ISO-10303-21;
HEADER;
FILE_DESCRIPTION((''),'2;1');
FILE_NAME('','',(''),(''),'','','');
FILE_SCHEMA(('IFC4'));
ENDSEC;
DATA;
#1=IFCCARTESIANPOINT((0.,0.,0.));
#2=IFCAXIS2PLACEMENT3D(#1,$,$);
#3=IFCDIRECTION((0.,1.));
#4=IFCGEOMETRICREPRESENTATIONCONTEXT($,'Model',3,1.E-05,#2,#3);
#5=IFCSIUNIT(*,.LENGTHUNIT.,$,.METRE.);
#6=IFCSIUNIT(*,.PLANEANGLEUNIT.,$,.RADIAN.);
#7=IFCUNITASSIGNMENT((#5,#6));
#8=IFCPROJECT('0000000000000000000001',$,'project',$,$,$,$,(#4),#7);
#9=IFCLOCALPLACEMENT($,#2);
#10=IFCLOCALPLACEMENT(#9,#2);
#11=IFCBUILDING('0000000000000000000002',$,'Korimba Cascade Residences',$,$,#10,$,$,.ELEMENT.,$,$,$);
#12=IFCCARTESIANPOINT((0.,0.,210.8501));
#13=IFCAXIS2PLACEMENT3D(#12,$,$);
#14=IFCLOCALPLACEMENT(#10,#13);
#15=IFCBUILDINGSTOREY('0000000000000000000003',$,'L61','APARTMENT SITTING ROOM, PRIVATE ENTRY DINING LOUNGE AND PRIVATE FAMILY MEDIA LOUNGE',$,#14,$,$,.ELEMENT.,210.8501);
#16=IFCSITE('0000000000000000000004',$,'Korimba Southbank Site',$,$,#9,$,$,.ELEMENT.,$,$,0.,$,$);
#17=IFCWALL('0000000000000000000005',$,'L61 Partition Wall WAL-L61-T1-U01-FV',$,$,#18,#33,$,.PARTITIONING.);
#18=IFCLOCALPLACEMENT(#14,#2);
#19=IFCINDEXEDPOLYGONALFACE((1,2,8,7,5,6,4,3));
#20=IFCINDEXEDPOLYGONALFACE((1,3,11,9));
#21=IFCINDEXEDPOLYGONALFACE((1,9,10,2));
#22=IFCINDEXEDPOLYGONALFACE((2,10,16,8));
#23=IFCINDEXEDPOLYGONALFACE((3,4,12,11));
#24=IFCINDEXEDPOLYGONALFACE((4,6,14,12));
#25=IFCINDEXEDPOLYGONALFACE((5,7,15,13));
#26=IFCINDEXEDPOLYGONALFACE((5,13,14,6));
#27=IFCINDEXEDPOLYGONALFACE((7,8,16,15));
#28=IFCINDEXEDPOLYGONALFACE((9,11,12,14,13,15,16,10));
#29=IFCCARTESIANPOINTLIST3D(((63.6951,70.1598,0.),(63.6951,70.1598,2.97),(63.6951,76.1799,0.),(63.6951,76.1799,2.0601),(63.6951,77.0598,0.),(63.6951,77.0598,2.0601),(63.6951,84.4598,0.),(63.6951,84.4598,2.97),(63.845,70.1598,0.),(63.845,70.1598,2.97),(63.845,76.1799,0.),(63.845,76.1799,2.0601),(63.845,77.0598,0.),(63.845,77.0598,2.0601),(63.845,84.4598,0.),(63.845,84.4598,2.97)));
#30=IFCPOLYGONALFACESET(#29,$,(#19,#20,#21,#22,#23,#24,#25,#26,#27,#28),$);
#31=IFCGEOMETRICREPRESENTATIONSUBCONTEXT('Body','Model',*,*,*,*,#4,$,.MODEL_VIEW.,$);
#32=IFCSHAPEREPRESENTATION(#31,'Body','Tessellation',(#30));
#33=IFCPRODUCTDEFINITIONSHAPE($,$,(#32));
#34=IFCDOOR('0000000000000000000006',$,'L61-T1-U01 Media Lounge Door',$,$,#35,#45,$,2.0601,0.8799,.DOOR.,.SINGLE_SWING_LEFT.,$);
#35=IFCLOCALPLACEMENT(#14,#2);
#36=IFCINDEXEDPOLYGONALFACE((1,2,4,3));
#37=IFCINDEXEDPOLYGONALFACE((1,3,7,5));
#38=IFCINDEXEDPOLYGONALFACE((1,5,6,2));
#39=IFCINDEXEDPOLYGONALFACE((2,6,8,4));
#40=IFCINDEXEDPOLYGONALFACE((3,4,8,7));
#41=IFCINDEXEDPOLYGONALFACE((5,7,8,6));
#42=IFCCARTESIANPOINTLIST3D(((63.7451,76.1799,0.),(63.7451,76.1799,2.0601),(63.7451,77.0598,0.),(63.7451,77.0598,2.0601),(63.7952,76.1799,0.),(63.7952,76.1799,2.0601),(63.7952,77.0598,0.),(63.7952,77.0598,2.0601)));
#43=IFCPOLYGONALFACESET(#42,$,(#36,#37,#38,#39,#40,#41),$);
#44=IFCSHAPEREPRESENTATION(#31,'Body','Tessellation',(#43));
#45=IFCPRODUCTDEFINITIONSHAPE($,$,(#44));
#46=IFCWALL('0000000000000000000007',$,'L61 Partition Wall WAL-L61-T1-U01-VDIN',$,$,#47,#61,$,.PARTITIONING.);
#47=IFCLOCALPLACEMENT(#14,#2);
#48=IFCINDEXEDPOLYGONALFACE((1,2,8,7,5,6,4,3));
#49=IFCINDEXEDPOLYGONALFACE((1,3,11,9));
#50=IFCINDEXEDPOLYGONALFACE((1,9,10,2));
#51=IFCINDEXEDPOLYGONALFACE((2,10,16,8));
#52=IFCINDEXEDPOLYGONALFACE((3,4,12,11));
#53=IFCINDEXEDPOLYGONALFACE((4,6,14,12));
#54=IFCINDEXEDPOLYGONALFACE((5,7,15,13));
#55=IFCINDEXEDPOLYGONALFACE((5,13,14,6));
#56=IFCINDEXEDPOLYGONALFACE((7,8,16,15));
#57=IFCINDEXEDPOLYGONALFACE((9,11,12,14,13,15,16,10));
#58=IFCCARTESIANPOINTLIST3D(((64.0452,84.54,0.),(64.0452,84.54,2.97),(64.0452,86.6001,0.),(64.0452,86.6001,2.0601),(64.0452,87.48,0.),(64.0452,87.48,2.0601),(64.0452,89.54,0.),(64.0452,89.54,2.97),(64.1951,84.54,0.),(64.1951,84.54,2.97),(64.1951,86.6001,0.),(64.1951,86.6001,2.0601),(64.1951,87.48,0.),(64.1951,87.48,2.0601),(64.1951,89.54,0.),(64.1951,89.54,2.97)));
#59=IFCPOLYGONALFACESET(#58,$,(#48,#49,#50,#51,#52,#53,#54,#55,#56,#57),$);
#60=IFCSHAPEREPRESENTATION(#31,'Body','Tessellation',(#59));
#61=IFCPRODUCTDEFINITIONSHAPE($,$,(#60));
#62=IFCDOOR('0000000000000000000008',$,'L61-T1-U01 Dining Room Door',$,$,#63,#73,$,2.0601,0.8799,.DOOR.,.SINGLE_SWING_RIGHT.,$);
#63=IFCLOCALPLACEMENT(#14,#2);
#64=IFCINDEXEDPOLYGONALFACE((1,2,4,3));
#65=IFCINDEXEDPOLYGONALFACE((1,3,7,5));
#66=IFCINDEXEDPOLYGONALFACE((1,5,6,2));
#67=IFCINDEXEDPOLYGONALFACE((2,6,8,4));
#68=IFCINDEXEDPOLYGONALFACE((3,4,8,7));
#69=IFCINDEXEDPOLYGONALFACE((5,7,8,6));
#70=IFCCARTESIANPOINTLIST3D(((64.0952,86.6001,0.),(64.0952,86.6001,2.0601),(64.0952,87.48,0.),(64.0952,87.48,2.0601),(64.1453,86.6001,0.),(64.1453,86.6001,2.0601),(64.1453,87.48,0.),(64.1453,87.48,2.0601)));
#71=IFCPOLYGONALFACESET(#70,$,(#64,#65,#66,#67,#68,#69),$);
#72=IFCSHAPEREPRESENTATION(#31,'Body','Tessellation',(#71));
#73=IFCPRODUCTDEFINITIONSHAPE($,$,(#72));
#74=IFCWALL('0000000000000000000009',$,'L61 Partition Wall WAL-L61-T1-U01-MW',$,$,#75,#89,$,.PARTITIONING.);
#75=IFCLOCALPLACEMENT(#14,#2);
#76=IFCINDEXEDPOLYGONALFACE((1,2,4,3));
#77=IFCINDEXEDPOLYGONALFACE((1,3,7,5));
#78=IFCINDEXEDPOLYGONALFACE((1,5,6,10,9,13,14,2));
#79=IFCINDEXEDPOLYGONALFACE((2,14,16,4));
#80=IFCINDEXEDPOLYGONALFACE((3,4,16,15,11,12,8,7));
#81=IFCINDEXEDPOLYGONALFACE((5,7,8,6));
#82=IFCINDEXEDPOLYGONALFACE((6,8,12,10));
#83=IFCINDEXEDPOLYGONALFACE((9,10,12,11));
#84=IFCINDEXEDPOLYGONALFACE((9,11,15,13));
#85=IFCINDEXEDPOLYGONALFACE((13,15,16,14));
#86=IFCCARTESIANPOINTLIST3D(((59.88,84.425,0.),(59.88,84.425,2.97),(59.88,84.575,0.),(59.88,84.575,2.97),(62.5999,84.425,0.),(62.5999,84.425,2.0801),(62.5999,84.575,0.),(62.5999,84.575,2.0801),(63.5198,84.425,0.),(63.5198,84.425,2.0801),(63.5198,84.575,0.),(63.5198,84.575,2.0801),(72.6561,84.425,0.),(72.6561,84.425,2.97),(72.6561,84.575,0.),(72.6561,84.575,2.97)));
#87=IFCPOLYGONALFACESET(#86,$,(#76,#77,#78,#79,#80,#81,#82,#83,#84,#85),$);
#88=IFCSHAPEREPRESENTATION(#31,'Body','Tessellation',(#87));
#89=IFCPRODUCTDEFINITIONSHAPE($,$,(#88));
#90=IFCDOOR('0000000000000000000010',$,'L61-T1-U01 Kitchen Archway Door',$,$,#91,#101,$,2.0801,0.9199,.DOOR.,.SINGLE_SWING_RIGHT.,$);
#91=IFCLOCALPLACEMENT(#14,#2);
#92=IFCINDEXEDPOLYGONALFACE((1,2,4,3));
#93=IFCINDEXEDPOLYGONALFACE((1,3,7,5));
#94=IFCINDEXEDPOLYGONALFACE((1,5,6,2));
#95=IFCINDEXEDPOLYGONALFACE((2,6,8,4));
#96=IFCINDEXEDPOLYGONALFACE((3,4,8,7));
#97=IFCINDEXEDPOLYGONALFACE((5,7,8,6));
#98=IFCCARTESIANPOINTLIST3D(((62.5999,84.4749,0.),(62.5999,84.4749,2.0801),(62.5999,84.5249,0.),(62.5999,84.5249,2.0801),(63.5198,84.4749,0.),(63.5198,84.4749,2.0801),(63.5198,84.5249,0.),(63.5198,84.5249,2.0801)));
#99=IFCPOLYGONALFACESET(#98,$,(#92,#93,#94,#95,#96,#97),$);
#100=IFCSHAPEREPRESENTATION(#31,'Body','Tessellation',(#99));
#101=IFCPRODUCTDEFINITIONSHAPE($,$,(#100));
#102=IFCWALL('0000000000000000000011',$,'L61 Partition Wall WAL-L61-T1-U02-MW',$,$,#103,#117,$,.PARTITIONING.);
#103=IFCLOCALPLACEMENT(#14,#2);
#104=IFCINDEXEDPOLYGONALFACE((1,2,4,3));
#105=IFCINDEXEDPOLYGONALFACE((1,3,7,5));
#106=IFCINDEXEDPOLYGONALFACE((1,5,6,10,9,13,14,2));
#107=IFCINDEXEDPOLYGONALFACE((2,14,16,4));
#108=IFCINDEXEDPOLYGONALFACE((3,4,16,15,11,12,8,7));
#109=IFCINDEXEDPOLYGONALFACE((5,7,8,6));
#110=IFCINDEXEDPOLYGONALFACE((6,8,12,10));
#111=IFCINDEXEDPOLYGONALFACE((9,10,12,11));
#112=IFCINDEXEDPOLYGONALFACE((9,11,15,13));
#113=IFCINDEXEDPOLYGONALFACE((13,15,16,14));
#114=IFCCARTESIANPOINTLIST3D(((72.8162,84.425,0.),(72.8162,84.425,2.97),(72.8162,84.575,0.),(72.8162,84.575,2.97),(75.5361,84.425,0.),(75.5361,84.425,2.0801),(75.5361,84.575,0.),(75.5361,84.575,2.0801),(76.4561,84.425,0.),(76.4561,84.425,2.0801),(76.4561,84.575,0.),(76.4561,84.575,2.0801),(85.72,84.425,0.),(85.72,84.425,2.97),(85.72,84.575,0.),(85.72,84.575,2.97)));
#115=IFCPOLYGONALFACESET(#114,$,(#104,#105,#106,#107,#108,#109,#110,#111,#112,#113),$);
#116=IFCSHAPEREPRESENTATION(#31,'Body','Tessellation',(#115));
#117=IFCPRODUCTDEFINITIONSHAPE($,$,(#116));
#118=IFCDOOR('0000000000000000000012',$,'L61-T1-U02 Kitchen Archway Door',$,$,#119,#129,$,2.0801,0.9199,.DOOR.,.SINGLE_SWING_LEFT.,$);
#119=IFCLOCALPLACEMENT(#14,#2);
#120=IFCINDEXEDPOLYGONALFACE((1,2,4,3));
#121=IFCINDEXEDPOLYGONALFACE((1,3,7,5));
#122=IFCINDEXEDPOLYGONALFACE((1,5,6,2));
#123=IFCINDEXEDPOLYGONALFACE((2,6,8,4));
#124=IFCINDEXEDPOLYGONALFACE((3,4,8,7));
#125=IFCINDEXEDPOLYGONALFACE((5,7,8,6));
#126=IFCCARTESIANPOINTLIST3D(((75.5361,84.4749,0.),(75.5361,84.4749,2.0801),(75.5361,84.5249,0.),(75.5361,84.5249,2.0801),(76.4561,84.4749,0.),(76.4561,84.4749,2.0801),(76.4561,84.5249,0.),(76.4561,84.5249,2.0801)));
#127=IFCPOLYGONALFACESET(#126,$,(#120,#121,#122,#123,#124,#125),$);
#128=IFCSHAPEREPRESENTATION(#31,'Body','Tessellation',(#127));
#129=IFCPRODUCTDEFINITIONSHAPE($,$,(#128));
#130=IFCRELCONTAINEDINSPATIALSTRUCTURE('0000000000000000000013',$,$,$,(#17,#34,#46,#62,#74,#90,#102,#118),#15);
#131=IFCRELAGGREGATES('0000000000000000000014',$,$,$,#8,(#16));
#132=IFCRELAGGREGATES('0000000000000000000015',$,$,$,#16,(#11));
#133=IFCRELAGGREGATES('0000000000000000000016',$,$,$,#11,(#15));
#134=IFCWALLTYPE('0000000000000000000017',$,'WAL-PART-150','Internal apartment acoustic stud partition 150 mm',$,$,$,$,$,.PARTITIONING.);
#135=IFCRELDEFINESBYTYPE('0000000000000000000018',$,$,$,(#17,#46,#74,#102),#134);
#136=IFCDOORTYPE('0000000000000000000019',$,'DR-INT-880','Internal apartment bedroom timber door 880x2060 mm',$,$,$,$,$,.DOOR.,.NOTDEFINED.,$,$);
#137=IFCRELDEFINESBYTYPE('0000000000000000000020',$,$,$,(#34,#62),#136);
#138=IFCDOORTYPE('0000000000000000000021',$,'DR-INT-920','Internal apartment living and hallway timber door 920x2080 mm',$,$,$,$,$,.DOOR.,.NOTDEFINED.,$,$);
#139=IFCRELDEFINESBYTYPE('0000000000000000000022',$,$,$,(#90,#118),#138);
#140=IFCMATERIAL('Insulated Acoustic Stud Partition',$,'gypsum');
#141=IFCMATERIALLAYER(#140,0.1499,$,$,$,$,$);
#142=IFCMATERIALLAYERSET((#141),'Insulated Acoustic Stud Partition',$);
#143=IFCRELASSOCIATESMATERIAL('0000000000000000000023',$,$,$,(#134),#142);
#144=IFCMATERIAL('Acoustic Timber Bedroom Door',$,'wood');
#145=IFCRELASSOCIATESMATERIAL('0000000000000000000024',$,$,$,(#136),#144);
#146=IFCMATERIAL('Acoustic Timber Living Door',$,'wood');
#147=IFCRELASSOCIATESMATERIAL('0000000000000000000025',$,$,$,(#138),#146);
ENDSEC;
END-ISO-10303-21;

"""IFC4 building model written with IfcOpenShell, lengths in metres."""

from ifc_helpers import new_model, si_unit, direction, frame, frame_2d, origin, place, context, subcontext, project, spatial, rectangle, extrude, material, layer, layer_set, type_object, element, fill, save


model = new_model("IFC4")

# Units and contexts
model_context = context("Model", 3, precision=1e-05, world=origin(), true_north=direction((0.0, 1.0)))
body_context = subcontext(model_context, "Body", "Model", "MODEL_VIEW")
ifc_project = project(units=[si_unit("LENGTHUNIT", "METRE"), si_unit("PLANEANGLEUNIT", "RADIAN")], contexts=[model_context])

# Site, building, storey
site_placement = place(None, origin())
site = spatial("IfcSite", under=ifc_project, at=site_placement, Name="Korimba Southbank Site", CompositionType="ELEMENT", RefElevation=0.0)
building_placement = place(site_placement, origin())
building = spatial("IfcBuilding", under=site, at=building_placement, Name="Korimba Cascade Residences", CompositionType="ELEMENT")
storey_placement = place(building_placement, frame((0.0, 0.0, 210.8501)))
storey = spatial("IfcBuildingStorey", under=building, at=storey_placement, Name="L61", Description="APARTMENT SITTING ROOM, PRIVATE ENTRY DINING LOUNGE AND PRIVATE FAMILY MEDIA LOUNGE", CompositionType="ELEMENT", Elevation=210.8501)

# Walls, openings, doors
ifc_material_1 = material(Name="Insulated Acoustic Stud Partition", Category="gypsum")
ifc_layer_1 = layer(ifc_material_1, 0.1499)
ifc_layer_set_1 = layer_set([ifc_layer_1], Name="Insulated Acoustic Stud Partition")
wall_type_1 = type_object("IfcWallType", Name="WAL-PART-150", Description="Internal apartment acoustic stud partition 150 mm", PredefinedType="PARTITIONING", material=ifc_layer_set_1)
ifc_material_2 = material(Name="Acoustic Timber Bedroom Door", Category="wood")
door_type_1 = type_object("IfcDoorType", Name="DR-INT-880", Description="Internal apartment bedroom timber door 880x2060 mm", OperationType="NOTDEFINED", PredefinedType="DOOR", material=ifc_material_2)
wall_1_placement = place(storey_placement, frame((63.77, 70.1599, 0.0), z_axis=(0.0, 0.0, 1.0), x_axis=(0.0, 1.0, 0.0)))
wall_1 = element("IfcWall", 1, at=wall_1_placement, inside=storey, type_object=wall_type_1, Name="L61 Partition Wall WAL-L61-T1-U01-FV", PredefinedType="PARTITIONING", context=body_context, shape_type="SweptSolid", body=[
    extrude(rectangle(XDim=14.3, YDim=0.1499, at=frame_2d((7.1499, 0.0))), origin(), (0.0, 0.0, 1.0), 2.97),
])
opening_1_placement = place(wall_1_placement, frame((6.02, 0.0, 0.0)))
opening_1 = element("IfcOpeningElement", 2, at=opening_1_placement, cuts=wall_1, PredefinedType="OPENING", context=body_context, shape_type="SweptSolid", body=[
    extrude(rectangle(XDim=0.8799, YDim=2.0601, at=frame_2d((0.4399, 1.03))), frame((0.0, 0.085, 0.0), z_axis=(0.0, -1.0, 0.0), x_axis=(1.0, 0.0, 0.0)), (0.0, 0.0, 1.0), 0.1699),
])
door_1_placement = place(opening_1_placement, origin())
door_1 = element("IfcDoor", 3, at=door_1_placement, inside=storey, type_object=door_type_1, Name="L61-T1-U01 Media Lounge Door", OperationType="SINGLE_SWING_LEFT", OverallHeight=2.0601, OverallWidth=0.8799, PredefinedType="DOOR", context=body_context, shape_type="SweptSolid", body=[
    extrude(rectangle(XDim=0.8799, YDim=2.0601, at=frame_2d((0.4399, 1.03))), frame((0.0, 0.0249, 0.0), z_axis=(0.0, -1.0, 0.0), x_axis=(1.0, 0.0, 0.0)), (0.0, 0.0, 1.0), 0.05),
])
fill(opening_1, door_1)
wall_2_placement = place(storey_placement, frame((64.1201, 84.54, 0.0), z_axis=(0.0, 0.0, 1.0), x_axis=(0.0, 1.0, 0.0)))
wall_2 = element("IfcWall", 4, at=wall_2_placement, inside=storey, type_object=wall_type_1, Name="L61 Partition Wall WAL-L61-T1-U01-VDIN", PredefinedType="PARTITIONING", context=body_context, shape_type="SweptSolid", body=[
    extrude(rectangle(XDim=5.0, YDim=0.1499, at=frame_2d((2.5, 0.0))), origin(), (0.0, 0.0, 1.0), 2.97),
])
opening_2_placement = place(wall_2_placement, frame((2.0601, 0.0, 0.0)))
opening_2 = element("IfcOpeningElement", 5, at=opening_2_placement, cuts=wall_2, PredefinedType="OPENING", context=body_context, shape_type="SweptSolid", body=[
    extrude(rectangle(XDim=0.8799, YDim=2.0601, at=frame_2d((0.4399, 1.03))), frame((0.0, 0.085, 0.0), z_axis=(0.0, -1.0, 0.0), x_axis=(1.0, 0.0, 0.0)), (0.0, 0.0, 1.0), 0.1699),
])
door_2_placement = place(opening_2_placement, origin())
door_2 = element("IfcDoor", 6, at=door_2_placement, inside=storey, type_object=door_type_1, Name="L61-T1-U01 Dining Room Door", OperationType="SINGLE_SWING_RIGHT", OverallHeight=2.0601, OverallWidth=0.8799, PredefinedType="DOOR", context=body_context, shape_type="SweptSolid", body=[
    extrude(rectangle(XDim=0.8799, YDim=2.0601, at=frame_2d((0.4399, 1.03))), frame((0.0, 0.0249, 0.0), z_axis=(0.0, -1.0, 0.0), x_axis=(1.0, 0.0, 0.0)), (0.0, 0.0, 1.0), 0.05),
])
fill(opening_2, door_2)
wall_3_placement = place(storey_placement, frame((59.8799, 84.5, 0.0), z_axis=(0.0, 0.0, 1.0), x_axis=(1.0, 0.0, 0.0)))
wall_3 = element("IfcWall", 7, at=wall_3_placement, inside=storey, type_object=wall_type_1, Name="L61 Partition Wall WAL-L61-T1-U01-MW", PredefinedType="PARTITIONING", context=body_context, shape_type="SweptSolid", body=[
    extrude(rectangle(XDim=12.7761, YDim=0.1499, at=frame_2d((6.3882, 0.0))), origin(), (0.0, 0.0, 1.0), 2.97),
])
opening_3_placement = place(wall_3_placement, frame((2.72, 0.0, 0.0)))
opening_3 = element("IfcOpeningElement", 8, at=opening_3_placement, cuts=wall_3, PredefinedType="OPENING", context=body_context, shape_type="SweptSolid", body=[
    extrude(rectangle(XDim=0.9199, YDim=2.0801, at=frame_2d((0.46, 1.04))), frame((0.0, 0.085, 0.0), z_axis=(0.0, -1.0, 0.0), x_axis=(1.0, 0.0, 0.0)), (0.0, 0.0, 1.0), 0.1699),
])
ifc_material_3 = material(Name="Acoustic Timber Living Door", Category="wood")
door_type_2 = type_object("IfcDoorType", Name="DR-INT-920", Description="Internal apartment living and hallway timber door 920x2080 mm", OperationType="NOTDEFINED", PredefinedType="DOOR", material=ifc_material_3)
door_3_placement = place(opening_3_placement, origin())
door_3 = element("IfcDoor", 9, at=door_3_placement, inside=storey, type_object=door_type_2, Name="L61-T1-U01 Kitchen Archway Door", OperationType="SINGLE_SWING_RIGHT", OverallHeight=2.0801, OverallWidth=0.9199, PredefinedType="DOOR", context=body_context, shape_type="SweptSolid", body=[
    extrude(rectangle(XDim=0.9199, YDim=2.0801, at=frame_2d((0.46, 1.04))), frame((0.0, 0.0249, 0.0), z_axis=(0.0, -1.0, 0.0), x_axis=(1.0, 0.0, 0.0)), (0.0, 0.0, 1.0), 0.05),
])
fill(opening_3, door_3)
wall_4_placement = place(storey_placement, frame((72.8162, 84.5, 0.0), z_axis=(0.0, 0.0, 1.0), x_axis=(1.0, 0.0, 0.0)))
wall_4 = element("IfcWall", 10, at=wall_4_placement, inside=storey, type_object=wall_type_1, Name="L61 Partition Wall WAL-L61-T1-U02-MW", PredefinedType="PARTITIONING", context=body_context, shape_type="SweptSolid", body=[
    extrude(rectangle(XDim=12.9038, YDim=0.1499, at=frame_2d((6.4519, 0.0))), origin(), (0.0, 0.0, 1.0), 2.97),
])
opening_4_placement = place(wall_4_placement, frame((2.72, 0.0, 0.0)))
opening_4 = element("IfcOpeningElement", 11, at=opening_4_placement, cuts=wall_4, PredefinedType="OPENING", context=body_context, shape_type="SweptSolid", body=[
    extrude(rectangle(XDim=0.9199, YDim=2.0801, at=frame_2d((0.46, 1.04))), frame((0.0, 0.085, 0.0), z_axis=(0.0, -1.0, 0.0), x_axis=(1.0, 0.0, 0.0)), (0.0, 0.0, 1.0), 0.1699),
])
door_4_placement = place(opening_4_placement, origin())
door_4 = element("IfcDoor", 12, at=door_4_placement, inside=storey, type_object=door_type_2, Name="L61-T1-U02 Kitchen Archway Door", OperationType="SINGLE_SWING_LEFT", OverallHeight=2.0801, OverallWidth=0.9199, PredefinedType="DOOR", context=body_context, shape_type="SweptSolid", body=[
    extrude(rectangle(XDim=0.9199, YDim=2.0801, at=frame_2d((0.46, 1.04))), frame((0.0, 0.0249, 0.0), z_axis=(0.0, -1.0, 0.0), x_axis=(1.0, 0.0, 0.0)), (0.0, 0.0, 1.0), 0.05),
])
fill(opening_4, door_4)

save(model, "model.ifc")
